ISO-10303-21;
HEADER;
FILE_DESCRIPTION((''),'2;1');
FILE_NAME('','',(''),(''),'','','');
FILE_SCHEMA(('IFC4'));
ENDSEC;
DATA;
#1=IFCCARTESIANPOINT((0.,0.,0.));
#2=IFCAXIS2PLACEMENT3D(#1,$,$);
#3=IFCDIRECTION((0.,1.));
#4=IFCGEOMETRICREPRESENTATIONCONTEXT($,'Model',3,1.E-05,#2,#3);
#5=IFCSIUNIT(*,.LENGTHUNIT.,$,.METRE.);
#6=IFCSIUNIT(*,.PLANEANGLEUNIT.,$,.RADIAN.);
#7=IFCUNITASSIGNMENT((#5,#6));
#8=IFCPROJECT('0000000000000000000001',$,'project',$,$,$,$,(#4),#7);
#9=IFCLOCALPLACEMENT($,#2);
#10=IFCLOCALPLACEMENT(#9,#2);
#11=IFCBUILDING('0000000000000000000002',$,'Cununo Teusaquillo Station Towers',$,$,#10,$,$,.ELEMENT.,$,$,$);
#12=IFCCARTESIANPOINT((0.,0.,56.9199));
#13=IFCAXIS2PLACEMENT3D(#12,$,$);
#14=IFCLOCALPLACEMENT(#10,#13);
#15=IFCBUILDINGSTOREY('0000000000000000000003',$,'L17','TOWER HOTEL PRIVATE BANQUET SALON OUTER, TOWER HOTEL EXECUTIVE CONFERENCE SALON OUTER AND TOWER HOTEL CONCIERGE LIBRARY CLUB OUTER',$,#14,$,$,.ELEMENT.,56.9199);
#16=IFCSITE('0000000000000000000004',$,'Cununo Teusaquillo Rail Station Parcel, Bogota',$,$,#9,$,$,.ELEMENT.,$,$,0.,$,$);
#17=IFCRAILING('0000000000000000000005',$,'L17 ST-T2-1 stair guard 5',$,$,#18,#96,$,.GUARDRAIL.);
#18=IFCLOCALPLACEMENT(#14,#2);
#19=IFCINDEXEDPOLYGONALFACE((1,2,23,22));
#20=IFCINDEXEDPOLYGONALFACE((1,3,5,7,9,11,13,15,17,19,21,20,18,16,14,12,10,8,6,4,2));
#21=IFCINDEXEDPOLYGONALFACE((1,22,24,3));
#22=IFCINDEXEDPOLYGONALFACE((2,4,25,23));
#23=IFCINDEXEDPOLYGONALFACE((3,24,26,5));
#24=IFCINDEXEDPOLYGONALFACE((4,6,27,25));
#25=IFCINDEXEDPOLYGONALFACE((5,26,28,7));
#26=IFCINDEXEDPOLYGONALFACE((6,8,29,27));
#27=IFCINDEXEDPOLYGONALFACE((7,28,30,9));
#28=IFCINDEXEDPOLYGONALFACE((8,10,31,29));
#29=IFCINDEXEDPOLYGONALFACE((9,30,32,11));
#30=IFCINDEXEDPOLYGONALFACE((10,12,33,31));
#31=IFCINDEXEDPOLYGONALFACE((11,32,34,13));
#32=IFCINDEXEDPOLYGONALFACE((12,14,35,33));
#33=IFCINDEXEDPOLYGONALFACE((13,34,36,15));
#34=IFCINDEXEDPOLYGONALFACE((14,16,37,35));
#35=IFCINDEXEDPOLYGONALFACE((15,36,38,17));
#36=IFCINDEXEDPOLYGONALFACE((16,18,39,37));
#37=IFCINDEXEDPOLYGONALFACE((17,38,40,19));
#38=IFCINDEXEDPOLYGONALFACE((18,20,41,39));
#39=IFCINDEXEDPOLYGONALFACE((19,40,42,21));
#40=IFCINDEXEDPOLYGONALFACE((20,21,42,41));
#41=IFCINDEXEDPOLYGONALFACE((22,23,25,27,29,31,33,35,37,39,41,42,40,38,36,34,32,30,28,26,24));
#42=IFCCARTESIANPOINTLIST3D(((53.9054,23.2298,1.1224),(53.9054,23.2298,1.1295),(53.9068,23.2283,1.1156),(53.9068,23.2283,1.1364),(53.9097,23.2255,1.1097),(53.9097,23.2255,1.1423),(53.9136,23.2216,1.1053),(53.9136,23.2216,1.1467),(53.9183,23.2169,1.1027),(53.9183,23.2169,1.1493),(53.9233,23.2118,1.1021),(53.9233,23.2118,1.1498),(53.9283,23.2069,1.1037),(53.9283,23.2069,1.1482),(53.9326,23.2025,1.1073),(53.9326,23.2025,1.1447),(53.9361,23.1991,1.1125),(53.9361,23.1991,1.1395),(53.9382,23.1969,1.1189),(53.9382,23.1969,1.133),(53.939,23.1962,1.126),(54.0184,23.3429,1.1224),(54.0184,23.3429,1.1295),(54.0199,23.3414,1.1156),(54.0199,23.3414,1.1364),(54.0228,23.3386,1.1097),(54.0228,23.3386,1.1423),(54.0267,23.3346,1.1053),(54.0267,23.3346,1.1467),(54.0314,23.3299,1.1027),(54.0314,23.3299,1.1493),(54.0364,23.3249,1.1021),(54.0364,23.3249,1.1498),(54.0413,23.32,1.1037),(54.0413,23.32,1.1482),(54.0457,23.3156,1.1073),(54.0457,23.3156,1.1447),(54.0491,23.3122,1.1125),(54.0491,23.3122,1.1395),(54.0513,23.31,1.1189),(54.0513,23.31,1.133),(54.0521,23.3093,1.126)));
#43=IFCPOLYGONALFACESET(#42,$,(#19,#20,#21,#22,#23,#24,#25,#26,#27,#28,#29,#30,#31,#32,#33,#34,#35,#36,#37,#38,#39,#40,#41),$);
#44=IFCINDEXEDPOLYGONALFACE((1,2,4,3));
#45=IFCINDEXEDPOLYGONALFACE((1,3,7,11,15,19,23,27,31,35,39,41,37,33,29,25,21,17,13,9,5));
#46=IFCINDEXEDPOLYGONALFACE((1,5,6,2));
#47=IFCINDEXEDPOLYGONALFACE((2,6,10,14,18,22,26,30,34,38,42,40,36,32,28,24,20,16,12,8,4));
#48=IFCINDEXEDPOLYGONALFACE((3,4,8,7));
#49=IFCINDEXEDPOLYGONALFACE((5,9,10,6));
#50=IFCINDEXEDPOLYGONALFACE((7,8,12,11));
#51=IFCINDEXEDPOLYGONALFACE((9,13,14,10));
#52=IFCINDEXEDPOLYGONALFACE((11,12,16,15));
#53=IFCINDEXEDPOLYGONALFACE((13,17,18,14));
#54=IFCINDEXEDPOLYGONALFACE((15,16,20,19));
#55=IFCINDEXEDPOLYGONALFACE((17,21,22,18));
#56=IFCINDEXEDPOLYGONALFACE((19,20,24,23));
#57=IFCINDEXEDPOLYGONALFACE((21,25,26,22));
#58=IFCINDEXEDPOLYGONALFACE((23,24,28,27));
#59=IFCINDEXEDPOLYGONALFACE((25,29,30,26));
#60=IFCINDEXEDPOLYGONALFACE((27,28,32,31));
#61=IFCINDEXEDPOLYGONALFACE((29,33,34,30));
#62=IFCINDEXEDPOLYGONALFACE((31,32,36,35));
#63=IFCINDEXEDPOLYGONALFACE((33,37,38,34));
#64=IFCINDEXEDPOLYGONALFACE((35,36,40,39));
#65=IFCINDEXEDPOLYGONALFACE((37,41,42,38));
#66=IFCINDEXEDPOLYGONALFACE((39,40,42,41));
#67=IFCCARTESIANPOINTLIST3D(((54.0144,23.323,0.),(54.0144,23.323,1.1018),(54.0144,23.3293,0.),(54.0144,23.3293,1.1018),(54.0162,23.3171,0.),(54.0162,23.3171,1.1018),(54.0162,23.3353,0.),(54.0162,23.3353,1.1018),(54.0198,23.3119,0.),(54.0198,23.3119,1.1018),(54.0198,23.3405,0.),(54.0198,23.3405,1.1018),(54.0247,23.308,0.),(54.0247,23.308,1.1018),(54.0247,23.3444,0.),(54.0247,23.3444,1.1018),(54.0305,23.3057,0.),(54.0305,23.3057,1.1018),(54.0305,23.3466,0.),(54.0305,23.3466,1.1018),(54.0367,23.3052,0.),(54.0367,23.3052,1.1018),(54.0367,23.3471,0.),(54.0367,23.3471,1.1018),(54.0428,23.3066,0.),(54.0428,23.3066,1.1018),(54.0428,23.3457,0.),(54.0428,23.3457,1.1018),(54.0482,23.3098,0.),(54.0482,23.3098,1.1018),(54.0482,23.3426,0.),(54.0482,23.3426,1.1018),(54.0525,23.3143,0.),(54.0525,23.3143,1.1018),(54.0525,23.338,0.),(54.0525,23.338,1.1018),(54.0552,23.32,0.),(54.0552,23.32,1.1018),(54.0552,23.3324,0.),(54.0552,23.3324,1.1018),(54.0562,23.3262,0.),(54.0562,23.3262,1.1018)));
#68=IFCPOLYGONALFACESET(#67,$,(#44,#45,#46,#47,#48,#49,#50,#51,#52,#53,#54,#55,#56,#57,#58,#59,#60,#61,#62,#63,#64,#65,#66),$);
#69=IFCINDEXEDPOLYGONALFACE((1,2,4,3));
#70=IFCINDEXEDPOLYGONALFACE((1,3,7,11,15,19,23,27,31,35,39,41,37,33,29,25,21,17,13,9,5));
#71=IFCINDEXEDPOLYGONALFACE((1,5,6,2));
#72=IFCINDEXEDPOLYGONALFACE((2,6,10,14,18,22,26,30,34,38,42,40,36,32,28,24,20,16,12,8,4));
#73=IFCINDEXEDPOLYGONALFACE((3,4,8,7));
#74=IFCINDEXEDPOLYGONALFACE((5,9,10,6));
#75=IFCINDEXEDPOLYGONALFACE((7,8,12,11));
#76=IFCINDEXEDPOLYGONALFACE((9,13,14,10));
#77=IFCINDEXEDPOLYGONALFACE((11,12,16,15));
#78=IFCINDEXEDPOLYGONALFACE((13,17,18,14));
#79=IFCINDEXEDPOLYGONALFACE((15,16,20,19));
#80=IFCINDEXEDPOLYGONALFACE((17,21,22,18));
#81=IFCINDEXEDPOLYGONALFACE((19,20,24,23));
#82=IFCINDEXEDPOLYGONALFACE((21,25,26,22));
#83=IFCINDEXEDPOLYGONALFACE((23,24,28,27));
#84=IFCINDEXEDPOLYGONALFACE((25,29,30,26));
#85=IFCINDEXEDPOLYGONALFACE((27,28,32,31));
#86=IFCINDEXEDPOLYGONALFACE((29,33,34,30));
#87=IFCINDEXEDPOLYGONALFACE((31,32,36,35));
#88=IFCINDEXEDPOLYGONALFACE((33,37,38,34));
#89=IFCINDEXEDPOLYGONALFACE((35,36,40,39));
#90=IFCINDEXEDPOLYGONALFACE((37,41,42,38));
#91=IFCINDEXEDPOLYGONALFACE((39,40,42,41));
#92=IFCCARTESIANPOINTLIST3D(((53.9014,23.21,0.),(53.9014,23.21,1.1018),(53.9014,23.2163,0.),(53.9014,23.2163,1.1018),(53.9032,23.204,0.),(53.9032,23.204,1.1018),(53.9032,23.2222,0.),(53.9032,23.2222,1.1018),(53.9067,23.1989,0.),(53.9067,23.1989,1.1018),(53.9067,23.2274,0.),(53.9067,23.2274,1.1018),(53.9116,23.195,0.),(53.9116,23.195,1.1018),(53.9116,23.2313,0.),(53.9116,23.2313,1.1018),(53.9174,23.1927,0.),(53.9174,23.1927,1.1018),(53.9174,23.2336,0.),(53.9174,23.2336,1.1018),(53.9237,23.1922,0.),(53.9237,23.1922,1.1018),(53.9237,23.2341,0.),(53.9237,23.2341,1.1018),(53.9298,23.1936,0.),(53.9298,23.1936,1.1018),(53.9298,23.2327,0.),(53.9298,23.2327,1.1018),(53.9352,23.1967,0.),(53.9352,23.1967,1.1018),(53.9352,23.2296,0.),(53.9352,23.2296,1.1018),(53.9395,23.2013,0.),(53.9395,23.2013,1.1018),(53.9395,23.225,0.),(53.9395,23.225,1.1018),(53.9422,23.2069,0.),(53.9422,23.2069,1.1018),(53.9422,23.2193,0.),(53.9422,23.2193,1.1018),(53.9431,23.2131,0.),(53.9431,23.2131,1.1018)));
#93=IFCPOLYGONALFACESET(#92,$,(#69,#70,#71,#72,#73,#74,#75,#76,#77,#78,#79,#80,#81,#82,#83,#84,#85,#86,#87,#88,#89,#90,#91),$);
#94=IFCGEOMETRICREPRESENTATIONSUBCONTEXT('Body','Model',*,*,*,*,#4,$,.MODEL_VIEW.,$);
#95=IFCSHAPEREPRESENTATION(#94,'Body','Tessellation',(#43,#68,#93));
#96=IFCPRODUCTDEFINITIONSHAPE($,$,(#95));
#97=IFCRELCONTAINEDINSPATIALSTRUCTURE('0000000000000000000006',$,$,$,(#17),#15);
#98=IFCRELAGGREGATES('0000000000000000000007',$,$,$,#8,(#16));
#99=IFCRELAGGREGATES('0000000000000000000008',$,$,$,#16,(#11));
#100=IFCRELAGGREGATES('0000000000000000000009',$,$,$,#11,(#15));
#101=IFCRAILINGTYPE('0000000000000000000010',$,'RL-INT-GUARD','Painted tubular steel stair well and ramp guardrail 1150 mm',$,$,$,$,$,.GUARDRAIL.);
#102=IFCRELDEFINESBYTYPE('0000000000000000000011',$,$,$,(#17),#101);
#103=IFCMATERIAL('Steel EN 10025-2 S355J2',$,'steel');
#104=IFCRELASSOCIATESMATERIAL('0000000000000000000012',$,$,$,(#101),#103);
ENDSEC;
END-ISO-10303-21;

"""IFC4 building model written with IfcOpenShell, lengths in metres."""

from ifc_helpers import new_model, si_unit, direction, frame, origin, origin_2d, place, context, subcontext, project, spatial, circle, extrude, material, type_object, element, save


model = new_model("IFC4")

# Units and contexts
model_context = context("Model", 3, precision=1e-05, world=origin(), true_north=direction((0.0, 1.0)))
body_context = subcontext(model_context, "Body", "Model", "MODEL_VIEW")
ifc_project = project(units=[si_unit("LENGTHUNIT", "METRE"), si_unit("PLANEANGLEUNIT", "RADIAN")], contexts=[model_context])

# Site, building, storey
site_placement = place(None, origin())
site = spatial("IfcSite", under=ifc_project, at=site_placement, Name="Cununo Teusaquillo Rail Station Parcel, Bogota", CompositionType="ELEMENT", RefElevation=0.0)
building_placement = place(site_placement, origin())
building = spatial("IfcBuilding", under=site, at=building_placement, Name="Cununo Teusaquillo Station Towers", CompositionType="ELEMENT")
storey_placement = place(building_placement, frame((0.0, 0.0, 56.9199)))
storey = spatial("IfcBuildingStorey", under=building, at=storey_placement, Name="L17", Description="TOWER HOTEL PRIVATE BANQUET SALON OUTER, TOWER HOTEL EXECUTIVE CONFERENCE SALON OUTER AND TOWER HOTEL CONCIERGE LIBRARY CLUB OUTER", CompositionType="ELEMENT", Elevation=56.9199)

# Railing
ifc_material_1 = material(Name="Steel EN 10025-2 S355J2", Category="steel")
railing_type_1 = type_object("IfcRailingType", Name="RL-INT-GUARD", Description="Painted tubular steel stair well and ramp guardrail 1150 mm", PredefinedType="GUARDRAIL", material=ifc_material_1)
railing_1_placement = place(storey_placement, frame((54.0352, 23.3262, 0.0)))
element("IfcRailing", 1, at=railing_1_placement, inside=storey, type_object=railing_type_1, Name="L17 ST-T2-1 stair guard 5", PredefinedType="GUARDRAIL", context=body_context, shape_type="SweptSolid", body=[
    extrude(circle(Radius=0.0239, at=origin_2d()), frame((0.0, 0.0, 1.126), z_axis=(-0.707107, -0.707107, 0.0), x_axis=(0.707107, -0.707107, 0.0)), (0.0, 0.0, 1.0), 0.1599),
    extrude(circle(Radius=0.021, at=origin_2d()), origin(), (0.0, 0.0, 1.0), 1.1018),
    extrude(circle(Radius=0.021, at=origin_2d()), frame((-0.113, -0.113, 0.0)), (0.0, 0.0, 1.0), 1.1018),
])

save(model, "model.ifc")
